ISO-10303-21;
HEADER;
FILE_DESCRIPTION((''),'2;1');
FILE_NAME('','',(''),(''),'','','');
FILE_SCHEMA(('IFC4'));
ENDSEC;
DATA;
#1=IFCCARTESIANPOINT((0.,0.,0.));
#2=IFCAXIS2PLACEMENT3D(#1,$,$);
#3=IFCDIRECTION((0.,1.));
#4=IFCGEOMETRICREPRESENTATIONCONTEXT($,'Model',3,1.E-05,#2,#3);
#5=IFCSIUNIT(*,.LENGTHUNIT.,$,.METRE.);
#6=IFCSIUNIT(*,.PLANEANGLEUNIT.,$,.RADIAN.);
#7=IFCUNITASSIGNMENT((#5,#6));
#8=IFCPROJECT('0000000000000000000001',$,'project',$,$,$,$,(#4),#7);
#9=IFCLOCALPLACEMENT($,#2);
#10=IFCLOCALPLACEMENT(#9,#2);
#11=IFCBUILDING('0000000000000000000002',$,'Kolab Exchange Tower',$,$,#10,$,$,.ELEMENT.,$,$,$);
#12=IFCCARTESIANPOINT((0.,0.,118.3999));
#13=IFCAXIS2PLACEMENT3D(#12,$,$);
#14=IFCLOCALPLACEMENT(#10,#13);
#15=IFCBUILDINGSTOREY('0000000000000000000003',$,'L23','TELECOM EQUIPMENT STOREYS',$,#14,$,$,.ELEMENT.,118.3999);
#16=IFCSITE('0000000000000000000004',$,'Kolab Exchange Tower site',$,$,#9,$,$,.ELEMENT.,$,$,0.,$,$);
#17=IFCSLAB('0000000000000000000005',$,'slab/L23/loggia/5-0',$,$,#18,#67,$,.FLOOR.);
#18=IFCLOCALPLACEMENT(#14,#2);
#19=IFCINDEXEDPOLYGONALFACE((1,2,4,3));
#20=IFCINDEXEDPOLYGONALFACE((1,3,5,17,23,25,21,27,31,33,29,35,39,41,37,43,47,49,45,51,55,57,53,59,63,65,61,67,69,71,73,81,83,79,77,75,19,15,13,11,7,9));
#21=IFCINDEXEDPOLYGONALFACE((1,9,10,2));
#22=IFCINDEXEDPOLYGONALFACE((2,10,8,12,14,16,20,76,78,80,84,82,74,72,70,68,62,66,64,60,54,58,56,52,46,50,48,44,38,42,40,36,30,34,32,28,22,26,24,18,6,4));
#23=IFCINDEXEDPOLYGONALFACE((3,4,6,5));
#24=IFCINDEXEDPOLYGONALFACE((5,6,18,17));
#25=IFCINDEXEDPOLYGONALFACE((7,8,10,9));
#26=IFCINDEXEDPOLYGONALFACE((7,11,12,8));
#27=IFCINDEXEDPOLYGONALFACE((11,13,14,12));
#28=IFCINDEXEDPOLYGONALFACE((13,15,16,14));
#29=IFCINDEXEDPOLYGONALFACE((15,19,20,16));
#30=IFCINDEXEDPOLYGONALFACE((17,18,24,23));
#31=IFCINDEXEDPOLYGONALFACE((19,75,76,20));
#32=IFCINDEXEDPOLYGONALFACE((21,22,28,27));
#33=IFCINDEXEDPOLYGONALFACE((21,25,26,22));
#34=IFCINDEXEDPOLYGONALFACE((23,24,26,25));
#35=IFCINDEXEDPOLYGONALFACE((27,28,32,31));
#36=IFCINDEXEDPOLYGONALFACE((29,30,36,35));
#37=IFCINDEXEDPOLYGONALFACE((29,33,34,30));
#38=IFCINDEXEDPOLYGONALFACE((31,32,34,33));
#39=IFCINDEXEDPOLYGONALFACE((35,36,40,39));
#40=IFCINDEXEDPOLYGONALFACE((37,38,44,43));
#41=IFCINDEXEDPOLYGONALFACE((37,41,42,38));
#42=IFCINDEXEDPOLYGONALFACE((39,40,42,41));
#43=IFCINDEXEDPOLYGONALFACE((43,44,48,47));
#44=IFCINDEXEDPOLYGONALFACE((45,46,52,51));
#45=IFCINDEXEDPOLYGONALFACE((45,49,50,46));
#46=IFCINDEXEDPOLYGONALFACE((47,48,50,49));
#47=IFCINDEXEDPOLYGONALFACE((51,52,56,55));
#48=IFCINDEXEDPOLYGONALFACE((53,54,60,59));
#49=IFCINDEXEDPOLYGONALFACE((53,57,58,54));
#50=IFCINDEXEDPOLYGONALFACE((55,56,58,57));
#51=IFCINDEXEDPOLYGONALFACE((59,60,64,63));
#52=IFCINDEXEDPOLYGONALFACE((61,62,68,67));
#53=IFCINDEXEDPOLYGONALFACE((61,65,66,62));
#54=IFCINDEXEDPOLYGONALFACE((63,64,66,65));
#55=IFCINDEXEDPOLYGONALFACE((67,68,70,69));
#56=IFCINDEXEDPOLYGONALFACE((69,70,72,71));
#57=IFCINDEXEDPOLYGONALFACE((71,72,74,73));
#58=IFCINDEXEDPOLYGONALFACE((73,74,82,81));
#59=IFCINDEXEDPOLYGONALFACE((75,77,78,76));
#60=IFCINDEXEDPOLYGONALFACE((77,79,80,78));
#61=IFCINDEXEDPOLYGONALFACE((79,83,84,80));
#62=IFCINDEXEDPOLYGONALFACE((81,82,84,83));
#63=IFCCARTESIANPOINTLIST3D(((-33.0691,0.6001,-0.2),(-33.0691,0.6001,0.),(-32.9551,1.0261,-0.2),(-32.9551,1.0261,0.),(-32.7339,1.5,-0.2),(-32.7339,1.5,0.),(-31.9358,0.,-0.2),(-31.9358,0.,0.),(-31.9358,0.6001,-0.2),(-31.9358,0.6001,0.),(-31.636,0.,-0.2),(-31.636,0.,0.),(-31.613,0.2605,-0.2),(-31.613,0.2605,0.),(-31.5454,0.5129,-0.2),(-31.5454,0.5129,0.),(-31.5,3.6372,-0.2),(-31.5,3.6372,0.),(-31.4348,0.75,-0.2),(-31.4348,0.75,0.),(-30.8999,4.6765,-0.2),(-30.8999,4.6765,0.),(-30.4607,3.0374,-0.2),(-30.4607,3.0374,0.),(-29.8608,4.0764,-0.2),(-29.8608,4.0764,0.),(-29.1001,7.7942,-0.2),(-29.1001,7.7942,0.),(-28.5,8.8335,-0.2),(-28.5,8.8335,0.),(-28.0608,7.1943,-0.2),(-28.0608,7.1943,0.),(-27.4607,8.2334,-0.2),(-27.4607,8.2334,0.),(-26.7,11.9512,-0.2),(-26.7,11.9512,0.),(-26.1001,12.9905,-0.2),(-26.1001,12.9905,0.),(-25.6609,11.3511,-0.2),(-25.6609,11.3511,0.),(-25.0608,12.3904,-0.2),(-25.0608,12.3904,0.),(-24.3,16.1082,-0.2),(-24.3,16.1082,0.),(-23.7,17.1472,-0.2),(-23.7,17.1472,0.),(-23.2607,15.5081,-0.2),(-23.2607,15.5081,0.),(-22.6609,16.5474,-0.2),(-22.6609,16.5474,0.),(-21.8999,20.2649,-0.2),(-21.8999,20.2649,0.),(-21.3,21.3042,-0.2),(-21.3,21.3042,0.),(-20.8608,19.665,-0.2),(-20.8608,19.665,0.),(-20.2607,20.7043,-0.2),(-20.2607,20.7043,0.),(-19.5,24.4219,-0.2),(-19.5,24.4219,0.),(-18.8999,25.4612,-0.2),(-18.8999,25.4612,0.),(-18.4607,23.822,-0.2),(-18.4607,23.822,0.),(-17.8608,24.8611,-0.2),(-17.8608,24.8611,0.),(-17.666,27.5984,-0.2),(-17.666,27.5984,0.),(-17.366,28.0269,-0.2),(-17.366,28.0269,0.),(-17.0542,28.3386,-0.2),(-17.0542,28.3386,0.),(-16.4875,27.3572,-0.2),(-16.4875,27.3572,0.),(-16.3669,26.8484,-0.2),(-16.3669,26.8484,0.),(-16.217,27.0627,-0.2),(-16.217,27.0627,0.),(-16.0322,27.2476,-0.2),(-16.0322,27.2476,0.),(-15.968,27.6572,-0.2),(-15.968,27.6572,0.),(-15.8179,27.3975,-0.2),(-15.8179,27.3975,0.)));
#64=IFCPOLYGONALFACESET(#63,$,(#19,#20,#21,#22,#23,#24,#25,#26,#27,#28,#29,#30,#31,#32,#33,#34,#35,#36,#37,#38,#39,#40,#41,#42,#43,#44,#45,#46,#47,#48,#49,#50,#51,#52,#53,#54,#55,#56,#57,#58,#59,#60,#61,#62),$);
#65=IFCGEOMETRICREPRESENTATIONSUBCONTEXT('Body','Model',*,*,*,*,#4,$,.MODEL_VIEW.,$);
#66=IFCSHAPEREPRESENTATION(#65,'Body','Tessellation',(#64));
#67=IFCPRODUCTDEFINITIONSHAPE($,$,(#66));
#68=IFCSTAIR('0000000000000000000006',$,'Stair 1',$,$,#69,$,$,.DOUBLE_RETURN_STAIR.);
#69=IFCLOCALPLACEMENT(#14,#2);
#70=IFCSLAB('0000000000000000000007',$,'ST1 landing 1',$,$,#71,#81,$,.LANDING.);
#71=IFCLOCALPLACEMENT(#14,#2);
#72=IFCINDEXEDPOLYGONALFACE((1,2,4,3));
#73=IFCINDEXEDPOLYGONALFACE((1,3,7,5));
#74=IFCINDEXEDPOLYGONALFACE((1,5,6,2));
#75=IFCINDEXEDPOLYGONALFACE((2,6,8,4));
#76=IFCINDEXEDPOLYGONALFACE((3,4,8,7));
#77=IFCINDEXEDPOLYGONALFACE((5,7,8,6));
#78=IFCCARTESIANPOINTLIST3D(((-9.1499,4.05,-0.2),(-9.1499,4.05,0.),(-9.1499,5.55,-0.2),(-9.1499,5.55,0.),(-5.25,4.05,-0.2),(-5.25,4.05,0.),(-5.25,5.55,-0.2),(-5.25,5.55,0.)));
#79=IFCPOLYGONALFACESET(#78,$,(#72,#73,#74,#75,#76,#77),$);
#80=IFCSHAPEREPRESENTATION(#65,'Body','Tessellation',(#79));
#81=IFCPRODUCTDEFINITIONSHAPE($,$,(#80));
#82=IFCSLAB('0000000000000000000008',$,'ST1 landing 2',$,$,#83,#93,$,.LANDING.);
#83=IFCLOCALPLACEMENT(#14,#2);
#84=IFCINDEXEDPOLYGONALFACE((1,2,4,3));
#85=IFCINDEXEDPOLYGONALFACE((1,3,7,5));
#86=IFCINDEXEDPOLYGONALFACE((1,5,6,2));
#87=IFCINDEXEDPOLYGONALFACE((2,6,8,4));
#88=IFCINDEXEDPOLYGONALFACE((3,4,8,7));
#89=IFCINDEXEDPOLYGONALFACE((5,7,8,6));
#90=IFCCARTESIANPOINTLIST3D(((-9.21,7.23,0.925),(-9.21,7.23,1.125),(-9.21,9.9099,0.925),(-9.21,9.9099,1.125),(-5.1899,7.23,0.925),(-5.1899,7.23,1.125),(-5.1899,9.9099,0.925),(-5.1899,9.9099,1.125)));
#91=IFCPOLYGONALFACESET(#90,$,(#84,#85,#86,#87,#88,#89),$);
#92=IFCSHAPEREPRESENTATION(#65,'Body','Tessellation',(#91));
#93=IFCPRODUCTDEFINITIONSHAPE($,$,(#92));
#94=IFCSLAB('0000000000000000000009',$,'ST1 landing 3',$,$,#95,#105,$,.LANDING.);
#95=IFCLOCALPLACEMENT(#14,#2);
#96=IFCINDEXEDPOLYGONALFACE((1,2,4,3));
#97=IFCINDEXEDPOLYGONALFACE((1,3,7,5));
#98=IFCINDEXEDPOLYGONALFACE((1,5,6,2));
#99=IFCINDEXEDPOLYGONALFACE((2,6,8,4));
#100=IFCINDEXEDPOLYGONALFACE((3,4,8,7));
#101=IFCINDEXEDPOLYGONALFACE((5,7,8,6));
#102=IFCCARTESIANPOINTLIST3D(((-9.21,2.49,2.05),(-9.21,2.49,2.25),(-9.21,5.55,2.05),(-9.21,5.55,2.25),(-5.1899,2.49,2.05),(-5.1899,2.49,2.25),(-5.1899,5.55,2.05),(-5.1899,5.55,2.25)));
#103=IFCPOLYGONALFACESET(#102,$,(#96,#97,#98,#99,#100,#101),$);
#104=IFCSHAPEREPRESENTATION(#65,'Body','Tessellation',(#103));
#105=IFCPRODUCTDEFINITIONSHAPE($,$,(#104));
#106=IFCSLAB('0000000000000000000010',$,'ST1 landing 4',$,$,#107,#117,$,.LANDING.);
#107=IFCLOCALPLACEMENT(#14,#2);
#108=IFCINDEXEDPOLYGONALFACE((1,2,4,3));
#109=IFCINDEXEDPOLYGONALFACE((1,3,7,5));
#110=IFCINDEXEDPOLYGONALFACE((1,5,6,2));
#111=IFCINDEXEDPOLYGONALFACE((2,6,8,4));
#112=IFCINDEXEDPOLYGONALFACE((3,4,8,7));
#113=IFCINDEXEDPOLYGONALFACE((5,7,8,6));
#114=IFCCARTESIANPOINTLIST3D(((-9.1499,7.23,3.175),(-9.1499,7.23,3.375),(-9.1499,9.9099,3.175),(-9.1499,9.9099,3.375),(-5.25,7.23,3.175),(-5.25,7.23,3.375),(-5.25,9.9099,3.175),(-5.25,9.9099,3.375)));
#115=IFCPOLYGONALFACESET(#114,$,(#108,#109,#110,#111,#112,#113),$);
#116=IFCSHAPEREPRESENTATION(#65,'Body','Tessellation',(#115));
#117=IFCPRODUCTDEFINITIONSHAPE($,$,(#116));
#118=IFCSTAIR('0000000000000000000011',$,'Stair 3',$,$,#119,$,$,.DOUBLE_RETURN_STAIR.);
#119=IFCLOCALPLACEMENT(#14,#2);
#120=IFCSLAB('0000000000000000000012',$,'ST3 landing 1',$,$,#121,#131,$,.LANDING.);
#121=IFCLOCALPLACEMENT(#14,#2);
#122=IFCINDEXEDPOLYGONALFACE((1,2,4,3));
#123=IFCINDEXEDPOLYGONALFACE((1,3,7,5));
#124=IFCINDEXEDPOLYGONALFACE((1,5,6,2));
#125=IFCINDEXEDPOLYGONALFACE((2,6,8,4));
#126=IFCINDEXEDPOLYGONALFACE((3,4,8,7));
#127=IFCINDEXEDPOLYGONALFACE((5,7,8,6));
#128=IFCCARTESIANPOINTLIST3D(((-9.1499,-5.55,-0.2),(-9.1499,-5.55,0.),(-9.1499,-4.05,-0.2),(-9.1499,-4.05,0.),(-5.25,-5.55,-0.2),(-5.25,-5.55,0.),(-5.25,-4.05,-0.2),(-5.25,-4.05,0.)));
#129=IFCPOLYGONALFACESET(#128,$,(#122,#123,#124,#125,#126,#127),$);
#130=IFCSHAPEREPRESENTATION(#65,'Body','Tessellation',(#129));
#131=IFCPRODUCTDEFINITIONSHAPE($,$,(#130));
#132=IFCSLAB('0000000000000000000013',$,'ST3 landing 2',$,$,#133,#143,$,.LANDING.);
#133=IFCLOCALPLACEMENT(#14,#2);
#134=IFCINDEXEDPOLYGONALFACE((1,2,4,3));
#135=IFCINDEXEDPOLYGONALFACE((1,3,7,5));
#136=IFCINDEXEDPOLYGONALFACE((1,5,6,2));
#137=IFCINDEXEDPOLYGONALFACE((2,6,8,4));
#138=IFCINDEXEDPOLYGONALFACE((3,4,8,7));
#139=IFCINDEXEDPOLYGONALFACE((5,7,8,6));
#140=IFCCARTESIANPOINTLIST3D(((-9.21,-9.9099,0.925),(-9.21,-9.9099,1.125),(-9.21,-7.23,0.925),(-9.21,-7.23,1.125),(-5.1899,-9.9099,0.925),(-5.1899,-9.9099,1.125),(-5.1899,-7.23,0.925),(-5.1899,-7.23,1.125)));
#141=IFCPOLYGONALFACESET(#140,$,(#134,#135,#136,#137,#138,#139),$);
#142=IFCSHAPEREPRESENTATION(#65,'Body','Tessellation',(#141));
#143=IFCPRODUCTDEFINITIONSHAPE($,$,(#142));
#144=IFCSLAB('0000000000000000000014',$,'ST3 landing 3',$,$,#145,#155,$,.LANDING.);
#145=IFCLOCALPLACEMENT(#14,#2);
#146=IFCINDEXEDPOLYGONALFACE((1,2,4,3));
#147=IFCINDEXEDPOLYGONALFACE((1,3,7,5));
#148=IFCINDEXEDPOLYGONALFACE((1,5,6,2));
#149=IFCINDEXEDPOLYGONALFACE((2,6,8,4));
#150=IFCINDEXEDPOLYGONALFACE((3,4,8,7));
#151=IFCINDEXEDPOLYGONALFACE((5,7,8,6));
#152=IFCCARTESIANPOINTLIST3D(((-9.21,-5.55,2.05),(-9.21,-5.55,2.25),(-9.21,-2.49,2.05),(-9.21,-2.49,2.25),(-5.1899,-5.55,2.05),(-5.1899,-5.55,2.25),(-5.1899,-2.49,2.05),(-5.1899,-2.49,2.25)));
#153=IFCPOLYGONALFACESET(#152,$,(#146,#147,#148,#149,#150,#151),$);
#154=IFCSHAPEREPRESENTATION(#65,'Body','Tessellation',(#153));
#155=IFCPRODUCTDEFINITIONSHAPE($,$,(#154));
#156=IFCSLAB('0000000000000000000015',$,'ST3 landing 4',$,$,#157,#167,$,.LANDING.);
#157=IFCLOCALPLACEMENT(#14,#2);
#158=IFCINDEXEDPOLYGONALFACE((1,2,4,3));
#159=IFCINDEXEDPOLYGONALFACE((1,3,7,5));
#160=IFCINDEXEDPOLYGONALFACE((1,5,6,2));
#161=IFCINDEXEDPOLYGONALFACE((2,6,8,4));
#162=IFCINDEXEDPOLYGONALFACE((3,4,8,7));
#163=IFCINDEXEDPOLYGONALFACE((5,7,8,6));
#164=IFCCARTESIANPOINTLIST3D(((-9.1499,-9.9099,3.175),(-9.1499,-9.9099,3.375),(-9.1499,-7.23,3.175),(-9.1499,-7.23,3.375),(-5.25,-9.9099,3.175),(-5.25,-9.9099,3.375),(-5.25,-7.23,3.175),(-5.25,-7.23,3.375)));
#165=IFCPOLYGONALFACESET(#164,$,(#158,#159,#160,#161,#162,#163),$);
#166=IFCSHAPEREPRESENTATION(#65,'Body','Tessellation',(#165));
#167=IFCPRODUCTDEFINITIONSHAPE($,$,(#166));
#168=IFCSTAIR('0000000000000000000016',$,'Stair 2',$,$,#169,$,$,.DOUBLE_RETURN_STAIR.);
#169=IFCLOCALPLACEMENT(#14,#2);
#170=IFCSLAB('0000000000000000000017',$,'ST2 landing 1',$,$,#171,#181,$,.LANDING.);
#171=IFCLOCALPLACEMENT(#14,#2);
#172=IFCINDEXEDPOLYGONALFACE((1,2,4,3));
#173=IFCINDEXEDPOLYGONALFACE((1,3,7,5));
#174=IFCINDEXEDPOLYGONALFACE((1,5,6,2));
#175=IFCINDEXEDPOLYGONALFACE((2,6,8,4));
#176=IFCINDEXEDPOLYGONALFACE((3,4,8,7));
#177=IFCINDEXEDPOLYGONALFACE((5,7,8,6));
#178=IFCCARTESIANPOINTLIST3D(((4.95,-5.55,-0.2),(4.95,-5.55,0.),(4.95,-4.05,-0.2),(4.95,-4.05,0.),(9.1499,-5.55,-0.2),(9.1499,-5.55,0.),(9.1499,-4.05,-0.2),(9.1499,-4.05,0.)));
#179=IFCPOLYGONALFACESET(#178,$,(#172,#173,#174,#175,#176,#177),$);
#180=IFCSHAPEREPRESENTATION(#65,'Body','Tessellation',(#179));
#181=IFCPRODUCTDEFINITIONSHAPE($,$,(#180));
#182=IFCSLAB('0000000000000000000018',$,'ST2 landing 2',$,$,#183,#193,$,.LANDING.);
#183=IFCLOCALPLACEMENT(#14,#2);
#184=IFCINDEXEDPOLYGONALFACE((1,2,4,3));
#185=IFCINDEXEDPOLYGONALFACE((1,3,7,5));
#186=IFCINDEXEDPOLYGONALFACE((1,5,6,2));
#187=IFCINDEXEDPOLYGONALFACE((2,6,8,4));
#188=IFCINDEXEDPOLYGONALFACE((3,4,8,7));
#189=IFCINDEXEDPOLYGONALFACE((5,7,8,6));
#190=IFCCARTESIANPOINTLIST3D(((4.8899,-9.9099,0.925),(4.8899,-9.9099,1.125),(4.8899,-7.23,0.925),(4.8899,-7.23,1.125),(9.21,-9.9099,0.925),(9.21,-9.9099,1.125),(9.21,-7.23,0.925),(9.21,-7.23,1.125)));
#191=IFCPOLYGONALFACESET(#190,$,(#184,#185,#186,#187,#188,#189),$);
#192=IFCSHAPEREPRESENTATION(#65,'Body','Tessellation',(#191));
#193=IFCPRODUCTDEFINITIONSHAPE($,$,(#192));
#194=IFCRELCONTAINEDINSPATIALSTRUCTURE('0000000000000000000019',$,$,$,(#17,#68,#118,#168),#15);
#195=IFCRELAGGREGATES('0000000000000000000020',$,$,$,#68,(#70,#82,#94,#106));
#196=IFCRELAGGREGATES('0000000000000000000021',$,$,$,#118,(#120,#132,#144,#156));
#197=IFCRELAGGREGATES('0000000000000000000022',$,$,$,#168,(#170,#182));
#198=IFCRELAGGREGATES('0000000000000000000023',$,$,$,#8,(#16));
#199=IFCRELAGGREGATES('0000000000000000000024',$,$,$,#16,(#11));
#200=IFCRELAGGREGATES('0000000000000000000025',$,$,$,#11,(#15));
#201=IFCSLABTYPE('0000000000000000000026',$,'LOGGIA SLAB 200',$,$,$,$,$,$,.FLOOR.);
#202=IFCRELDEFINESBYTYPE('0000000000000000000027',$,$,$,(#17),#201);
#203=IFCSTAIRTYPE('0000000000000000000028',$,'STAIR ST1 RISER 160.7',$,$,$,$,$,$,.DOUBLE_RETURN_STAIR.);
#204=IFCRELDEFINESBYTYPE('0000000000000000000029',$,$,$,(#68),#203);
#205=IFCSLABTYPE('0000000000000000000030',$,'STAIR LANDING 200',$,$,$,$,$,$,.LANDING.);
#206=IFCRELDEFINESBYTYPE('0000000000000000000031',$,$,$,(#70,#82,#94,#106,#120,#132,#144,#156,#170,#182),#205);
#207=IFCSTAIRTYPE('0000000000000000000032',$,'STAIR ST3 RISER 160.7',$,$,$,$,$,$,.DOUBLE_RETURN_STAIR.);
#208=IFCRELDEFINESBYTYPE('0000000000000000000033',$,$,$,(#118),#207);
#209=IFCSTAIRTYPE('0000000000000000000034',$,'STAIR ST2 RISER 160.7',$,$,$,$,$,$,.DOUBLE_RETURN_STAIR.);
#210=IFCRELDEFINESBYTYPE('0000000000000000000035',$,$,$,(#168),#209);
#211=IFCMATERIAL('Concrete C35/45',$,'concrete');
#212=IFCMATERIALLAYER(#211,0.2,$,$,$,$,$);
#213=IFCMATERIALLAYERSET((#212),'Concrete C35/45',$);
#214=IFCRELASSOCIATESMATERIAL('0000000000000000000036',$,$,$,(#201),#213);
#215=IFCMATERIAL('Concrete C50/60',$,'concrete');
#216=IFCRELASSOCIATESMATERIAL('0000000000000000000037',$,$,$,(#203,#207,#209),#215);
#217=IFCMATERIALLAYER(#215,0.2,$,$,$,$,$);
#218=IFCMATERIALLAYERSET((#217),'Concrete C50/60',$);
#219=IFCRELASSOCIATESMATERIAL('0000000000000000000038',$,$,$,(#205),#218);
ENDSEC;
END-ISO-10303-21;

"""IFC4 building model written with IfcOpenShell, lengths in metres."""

from ifc_helpers import new_model, si_unit, direction, frame, origin, place, context, subcontext, project, spatial, polyline, outline, extrude, material, layer, layer_set, type_object, element, aggregate, save


model = new_model("IFC4")

# Units and contexts
model_context = context("Model", 3, precision=1e-05, world=origin(), true_north=direction((0.0, 1.0)))
body_context = subcontext(model_context, "Body", "Model", "MODEL_VIEW")
ifc_project = project(units=[si_unit("LENGTHUNIT", "METRE"), si_unit("PLANEANGLEUNIT", "RADIAN")], contexts=[model_context])

# Site, building, storey
site_placement = place(None, origin())
site = spatial("IfcSite", under=ifc_project, at=site_placement, Name="Kolab Exchange Tower site", CompositionType="ELEMENT", RefElevation=0.0)
building_placement = place(site_placement, origin())
building = spatial("IfcBuilding", under=site, at=building_placement, Name="Kolab Exchange Tower", CompositionType="ELEMENT")
storey_placement = place(building_placement, frame((0.0, 0.0, 118.3999)))
storey = spatial("IfcBuildingStorey", under=building, at=storey_placement, Name="L23", Description="TELECOM EQUIPMENT STOREYS", CompositionType="ELEMENT", Elevation=118.3999)

# Slab
ifc_material_1 = material(Name="Concrete C35/45", Category="concrete")
ifc_layer_1 = layer(ifc_material_1, 0.2)
ifc_layer_set_1 = layer_set([ifc_layer_1], Name="Concrete C35/45")
slab_type_1 = type_object("IfcSlabType", Name="LOGGIA SLAB 200", PredefinedType="FLOOR", material=ifc_layer_set_1)
slab_1_placement = place(storey_placement, frame((0.0, 0.0, -0.2)))
element("IfcSlab", 1, at=slab_1_placement, inside=storey, type_object=slab_type_1, Name="slab/L23/loggia/5-0", PredefinedType="FLOOR", context=body_context, shape_type="SweptSolid", body=[
    extrude(outline(polyline([(-15.8179, 27.3975), (-15.968, 27.6572), (-16.4875, 27.3572), (-17.0542, 28.3386), (-17.366, 28.0269), (-17.666, 27.5984), (-18.8999, 25.4612), (-17.8608, 24.8611), (-18.4607, 23.822), (-19.5, 24.4219), (-21.3, 21.3042), (-20.2607, 20.7043), (-20.8608, 19.665), (-21.8999, 20.2649), (-23.7, 17.1472), (-22.6609, 16.5474), (-23.2607, 15.5081), (-24.3, 16.1082), (-26.1001, 12.9905), (-25.0608, 12.3904), (-25.6609, 11.3511), (-26.7, 11.9512), (-28.5, 8.8335), (-27.4607, 8.2334), (-28.0608, 7.1943), (-29.1001, 7.7942), (-30.8999, 4.6765), (-29.8608, 4.0764), (-30.4607, 3.0374), (-31.5, 3.6372), (-32.7339, 1.5), (-32.9551, 1.0261), (-33.0691, 0.6001), (-31.9358, 0.6001), (-31.9358, 0.0), (-31.636, 0.0), (-31.613, 0.2605), (-31.5454, 0.5129), (-31.4348, 0.75), (-16.3669, 26.8484), (-16.217, 27.0627), (-16.0322, 27.2476), (-15.8179, 27.3975)])), origin(), (0.0, 0.0, 1.0), 0.2),
])

# Stairs, slabs
ifc_material_2 = material(Name="Concrete C50/60", Category="concrete")
stair_type_1 = type_object("IfcStairType", Name="STAIR ST1 RISER 160.7", PredefinedType="DOUBLE_RETURN_STAIR", material=ifc_material_2)
stair_1_placement = place(storey_placement, origin())
stair_1 = element("IfcStair", 2, at=stair_1_placement, inside=storey, type_object=stair_type_1, Name="Stair 1", PredefinedType="DOUBLE_RETURN_STAIR")
ifc_layer_2 = layer(ifc_material_2, 0.2)
ifc_layer_set_2 = layer_set([ifc_layer_2], Name="Concrete C50/60")
slab_type_2 = type_object("IfcSlabType", Name="STAIR LANDING 200", PredefinedType="LANDING", material=ifc_layer_set_2)
slab_2_placement = place(storey_placement, frame((0.0, 0.0, -0.2)))
slab_2 = element("IfcSlab", 3, at=slab_2_placement, type_object=slab_type_2, Name="ST1 landing 1", PredefinedType="LANDING", context=body_context, shape_type="SweptSolid", body=[
    extrude(outline(polyline([(-9.1499, 4.05), (-5.25, 4.05), (-5.25, 5.55), (-9.1499, 5.55), (-9.1499, 4.05)])), origin(), (0.0, 0.0, 1.0), 0.2),
])
slab_3_placement = place(storey_placement, frame((0.0, 0.0, 0.925)))
slab_3 = element("IfcSlab", 4, at=slab_3_placement, type_object=slab_type_2, Name="ST1 landing 2", PredefinedType="LANDING", context=body_context, shape_type="SweptSolid", body=[
    extrude(outline(polyline([(-9.21, 7.23), (-5.1899, 7.23), (-5.1899, 9.9099), (-9.21, 9.9099), (-9.21, 7.23)])), origin(), (0.0, 0.0, 1.0), 0.2),
])
slab_4_placement = place(storey_placement, frame((0.0, 0.0, 2.05)))
slab_4 = element("IfcSlab", 5, at=slab_4_placement, type_object=slab_type_2, Name="ST1 landing 3", PredefinedType="LANDING", context=body_context, shape_type="SweptSolid", body=[
    extrude(outline(polyline([(-9.21, 2.49), (-5.1899, 2.49), (-5.1899, 5.55), (-9.21, 5.55), (-9.21, 2.49)])), origin(), (0.0, 0.0, 1.0), 0.2),
])
slab_5_placement = place(storey_placement, frame((0.0, 0.0, 3.175)))
slab_5 = element("IfcSlab", 6, at=slab_5_placement, type_object=slab_type_2, Name="ST1 landing 4", PredefinedType="LANDING", context=body_context, shape_type="SweptSolid", body=[
    extrude(outline(polyline([(-9.1499, 7.23), (-5.25, 7.23), (-5.25, 9.9099), (-9.1499, 9.9099), (-9.1499, 7.23)])), origin(), (0.0, 0.0, 1.0), 0.2),
])
aggregate(stair_1, [slab_2, slab_3, slab_4, slab_5])
stair_type_2 = type_object("IfcStairType", Name="STAIR ST3 RISER 160.7", PredefinedType="DOUBLE_RETURN_STAIR", material=ifc_material_2)
stair_2_placement = place(storey_placement, origin())
stair_2 = element("IfcStair", 7, at=stair_2_placement, inside=storey, type_object=stair_type_2, Name="Stair 3", PredefinedType="DOUBLE_RETURN_STAIR")
slab_6_placement = place(storey_placement, frame((0.0, 0.0, -0.2)))
slab_6 = element("IfcSlab", 8, at=slab_6_placement, type_object=slab_type_2, Name="ST3 landing 1", PredefinedType="LANDING", context=body_context, shape_type="SweptSolid", body=[
    extrude(outline(polyline([(-9.1499, -5.55), (-5.25, -5.55), (-5.25, -4.05), (-9.1499, -4.05), (-9.1499, -5.55)])), origin(), (0.0, 0.0, 1.0), 0.2),
])
slab_7_placement = place(storey_placement, frame((0.0, 0.0, 0.925)))
slab_7 = element("IfcSlab", 9, at=slab_7_placement, type_object=slab_type_2, Name="ST3 landing 2", PredefinedType="LANDING", context=body_context, shape_type="SweptSolid", body=[
    extrude(outline(polyline([(-9.21, -9.9099), (-5.1899, -9.9099), (-5.1899, -7.23), (-9.21, -7.23), (-9.21, -9.9099)])), origin(), (0.0, 0.0, 1.0), 0.2),
])
slab_8_placement = place(storey_placement, frame((0.0, 0.0, 2.05)))
slab_8 = element("IfcSlab", 10, at=slab_8_placement, type_object=slab_type_2, Name="ST3 landing 3", PredefinedType="LANDING", context=body_context, shape_type="SweptSolid", body=[
    extrude(outline(polyline([(-9.21, -5.55), (-5.1899, -5.55), (-5.1899, -2.49), (-9.21, -2.49), (-9.21, -5.55)])), origin(), (0.0, 0.0, 1.0), 0.2),
])
slab_9_placement = place(storey_placement, frame((0.0, 0.0, 3.175)))
slab_9 = element("IfcSlab", 11, at=slab_9_placement, type_object=slab_type_2, Name="ST3 landing 4", PredefinedType="LANDING", context=body_context, shape_type="SweptSolid", body=[
    extrude(outline(polyline([(-9.1499, -9.9099), (-5.25, -9.9099), (-5.25, -7.23), (-9.1499, -7.23), (-9.1499, -9.9099)])), origin(), (0.0, 0.0, 1.0), 0.2),
])
aggregate(stair_2, [slab_6, slab_7, slab_8, slab_9])
stair_type_3 = type_object("IfcStairType", Name="STAIR ST2 RISER 160.7", PredefinedType="DOUBLE_RETURN_STAIR", material=ifc_material_2)
stair_3_placement = place(storey_placement, origin())
stair_3 = element("IfcStair", 12, at=stair_3_placement, inside=storey, type_object=stair_type_3, Name="Stair 2", PredefinedType="DOUBLE_RETURN_STAIR")
slab_10_placement = place(storey_placement, frame((0.0, 0.0, -0.2)))
slab_10 = element("IfcSlab", 13, at=slab_10_placement, type_object=slab_type_2, Name="ST2 landing 1", PredefinedType="LANDING", context=body_context, shape_type="SweptSolid", body=[
    extrude(outline(polyline([(4.95, -5.55), (9.1499, -5.55), (9.1499, -4.05), (4.95, -4.05), (4.95, -5.55)])), origin(), (0.0, 0.0, 1.0), 0.2),
])
slab_11_placement = place(storey_placement, frame((0.0, 0.0, 0.925)))
slab_11 = element("IfcSlab", 14, at=slab_11_placement, type_object=slab_type_2, Name="ST2 landing 2", PredefinedType="LANDING", context=body_context, shape_type="SweptSolid", body=[
    extrude(outline(polyline([(4.8899, -9.9099), (9.21, -9.9099), (9.21, -7.23), (4.8899, -7.23), (4.8899, -9.9099)])), origin(), (0.0, 0.0, 1.0), 0.2),
])
aggregate(stair_3, [slab_10, slab_11])

save(model, "model.ifc")
